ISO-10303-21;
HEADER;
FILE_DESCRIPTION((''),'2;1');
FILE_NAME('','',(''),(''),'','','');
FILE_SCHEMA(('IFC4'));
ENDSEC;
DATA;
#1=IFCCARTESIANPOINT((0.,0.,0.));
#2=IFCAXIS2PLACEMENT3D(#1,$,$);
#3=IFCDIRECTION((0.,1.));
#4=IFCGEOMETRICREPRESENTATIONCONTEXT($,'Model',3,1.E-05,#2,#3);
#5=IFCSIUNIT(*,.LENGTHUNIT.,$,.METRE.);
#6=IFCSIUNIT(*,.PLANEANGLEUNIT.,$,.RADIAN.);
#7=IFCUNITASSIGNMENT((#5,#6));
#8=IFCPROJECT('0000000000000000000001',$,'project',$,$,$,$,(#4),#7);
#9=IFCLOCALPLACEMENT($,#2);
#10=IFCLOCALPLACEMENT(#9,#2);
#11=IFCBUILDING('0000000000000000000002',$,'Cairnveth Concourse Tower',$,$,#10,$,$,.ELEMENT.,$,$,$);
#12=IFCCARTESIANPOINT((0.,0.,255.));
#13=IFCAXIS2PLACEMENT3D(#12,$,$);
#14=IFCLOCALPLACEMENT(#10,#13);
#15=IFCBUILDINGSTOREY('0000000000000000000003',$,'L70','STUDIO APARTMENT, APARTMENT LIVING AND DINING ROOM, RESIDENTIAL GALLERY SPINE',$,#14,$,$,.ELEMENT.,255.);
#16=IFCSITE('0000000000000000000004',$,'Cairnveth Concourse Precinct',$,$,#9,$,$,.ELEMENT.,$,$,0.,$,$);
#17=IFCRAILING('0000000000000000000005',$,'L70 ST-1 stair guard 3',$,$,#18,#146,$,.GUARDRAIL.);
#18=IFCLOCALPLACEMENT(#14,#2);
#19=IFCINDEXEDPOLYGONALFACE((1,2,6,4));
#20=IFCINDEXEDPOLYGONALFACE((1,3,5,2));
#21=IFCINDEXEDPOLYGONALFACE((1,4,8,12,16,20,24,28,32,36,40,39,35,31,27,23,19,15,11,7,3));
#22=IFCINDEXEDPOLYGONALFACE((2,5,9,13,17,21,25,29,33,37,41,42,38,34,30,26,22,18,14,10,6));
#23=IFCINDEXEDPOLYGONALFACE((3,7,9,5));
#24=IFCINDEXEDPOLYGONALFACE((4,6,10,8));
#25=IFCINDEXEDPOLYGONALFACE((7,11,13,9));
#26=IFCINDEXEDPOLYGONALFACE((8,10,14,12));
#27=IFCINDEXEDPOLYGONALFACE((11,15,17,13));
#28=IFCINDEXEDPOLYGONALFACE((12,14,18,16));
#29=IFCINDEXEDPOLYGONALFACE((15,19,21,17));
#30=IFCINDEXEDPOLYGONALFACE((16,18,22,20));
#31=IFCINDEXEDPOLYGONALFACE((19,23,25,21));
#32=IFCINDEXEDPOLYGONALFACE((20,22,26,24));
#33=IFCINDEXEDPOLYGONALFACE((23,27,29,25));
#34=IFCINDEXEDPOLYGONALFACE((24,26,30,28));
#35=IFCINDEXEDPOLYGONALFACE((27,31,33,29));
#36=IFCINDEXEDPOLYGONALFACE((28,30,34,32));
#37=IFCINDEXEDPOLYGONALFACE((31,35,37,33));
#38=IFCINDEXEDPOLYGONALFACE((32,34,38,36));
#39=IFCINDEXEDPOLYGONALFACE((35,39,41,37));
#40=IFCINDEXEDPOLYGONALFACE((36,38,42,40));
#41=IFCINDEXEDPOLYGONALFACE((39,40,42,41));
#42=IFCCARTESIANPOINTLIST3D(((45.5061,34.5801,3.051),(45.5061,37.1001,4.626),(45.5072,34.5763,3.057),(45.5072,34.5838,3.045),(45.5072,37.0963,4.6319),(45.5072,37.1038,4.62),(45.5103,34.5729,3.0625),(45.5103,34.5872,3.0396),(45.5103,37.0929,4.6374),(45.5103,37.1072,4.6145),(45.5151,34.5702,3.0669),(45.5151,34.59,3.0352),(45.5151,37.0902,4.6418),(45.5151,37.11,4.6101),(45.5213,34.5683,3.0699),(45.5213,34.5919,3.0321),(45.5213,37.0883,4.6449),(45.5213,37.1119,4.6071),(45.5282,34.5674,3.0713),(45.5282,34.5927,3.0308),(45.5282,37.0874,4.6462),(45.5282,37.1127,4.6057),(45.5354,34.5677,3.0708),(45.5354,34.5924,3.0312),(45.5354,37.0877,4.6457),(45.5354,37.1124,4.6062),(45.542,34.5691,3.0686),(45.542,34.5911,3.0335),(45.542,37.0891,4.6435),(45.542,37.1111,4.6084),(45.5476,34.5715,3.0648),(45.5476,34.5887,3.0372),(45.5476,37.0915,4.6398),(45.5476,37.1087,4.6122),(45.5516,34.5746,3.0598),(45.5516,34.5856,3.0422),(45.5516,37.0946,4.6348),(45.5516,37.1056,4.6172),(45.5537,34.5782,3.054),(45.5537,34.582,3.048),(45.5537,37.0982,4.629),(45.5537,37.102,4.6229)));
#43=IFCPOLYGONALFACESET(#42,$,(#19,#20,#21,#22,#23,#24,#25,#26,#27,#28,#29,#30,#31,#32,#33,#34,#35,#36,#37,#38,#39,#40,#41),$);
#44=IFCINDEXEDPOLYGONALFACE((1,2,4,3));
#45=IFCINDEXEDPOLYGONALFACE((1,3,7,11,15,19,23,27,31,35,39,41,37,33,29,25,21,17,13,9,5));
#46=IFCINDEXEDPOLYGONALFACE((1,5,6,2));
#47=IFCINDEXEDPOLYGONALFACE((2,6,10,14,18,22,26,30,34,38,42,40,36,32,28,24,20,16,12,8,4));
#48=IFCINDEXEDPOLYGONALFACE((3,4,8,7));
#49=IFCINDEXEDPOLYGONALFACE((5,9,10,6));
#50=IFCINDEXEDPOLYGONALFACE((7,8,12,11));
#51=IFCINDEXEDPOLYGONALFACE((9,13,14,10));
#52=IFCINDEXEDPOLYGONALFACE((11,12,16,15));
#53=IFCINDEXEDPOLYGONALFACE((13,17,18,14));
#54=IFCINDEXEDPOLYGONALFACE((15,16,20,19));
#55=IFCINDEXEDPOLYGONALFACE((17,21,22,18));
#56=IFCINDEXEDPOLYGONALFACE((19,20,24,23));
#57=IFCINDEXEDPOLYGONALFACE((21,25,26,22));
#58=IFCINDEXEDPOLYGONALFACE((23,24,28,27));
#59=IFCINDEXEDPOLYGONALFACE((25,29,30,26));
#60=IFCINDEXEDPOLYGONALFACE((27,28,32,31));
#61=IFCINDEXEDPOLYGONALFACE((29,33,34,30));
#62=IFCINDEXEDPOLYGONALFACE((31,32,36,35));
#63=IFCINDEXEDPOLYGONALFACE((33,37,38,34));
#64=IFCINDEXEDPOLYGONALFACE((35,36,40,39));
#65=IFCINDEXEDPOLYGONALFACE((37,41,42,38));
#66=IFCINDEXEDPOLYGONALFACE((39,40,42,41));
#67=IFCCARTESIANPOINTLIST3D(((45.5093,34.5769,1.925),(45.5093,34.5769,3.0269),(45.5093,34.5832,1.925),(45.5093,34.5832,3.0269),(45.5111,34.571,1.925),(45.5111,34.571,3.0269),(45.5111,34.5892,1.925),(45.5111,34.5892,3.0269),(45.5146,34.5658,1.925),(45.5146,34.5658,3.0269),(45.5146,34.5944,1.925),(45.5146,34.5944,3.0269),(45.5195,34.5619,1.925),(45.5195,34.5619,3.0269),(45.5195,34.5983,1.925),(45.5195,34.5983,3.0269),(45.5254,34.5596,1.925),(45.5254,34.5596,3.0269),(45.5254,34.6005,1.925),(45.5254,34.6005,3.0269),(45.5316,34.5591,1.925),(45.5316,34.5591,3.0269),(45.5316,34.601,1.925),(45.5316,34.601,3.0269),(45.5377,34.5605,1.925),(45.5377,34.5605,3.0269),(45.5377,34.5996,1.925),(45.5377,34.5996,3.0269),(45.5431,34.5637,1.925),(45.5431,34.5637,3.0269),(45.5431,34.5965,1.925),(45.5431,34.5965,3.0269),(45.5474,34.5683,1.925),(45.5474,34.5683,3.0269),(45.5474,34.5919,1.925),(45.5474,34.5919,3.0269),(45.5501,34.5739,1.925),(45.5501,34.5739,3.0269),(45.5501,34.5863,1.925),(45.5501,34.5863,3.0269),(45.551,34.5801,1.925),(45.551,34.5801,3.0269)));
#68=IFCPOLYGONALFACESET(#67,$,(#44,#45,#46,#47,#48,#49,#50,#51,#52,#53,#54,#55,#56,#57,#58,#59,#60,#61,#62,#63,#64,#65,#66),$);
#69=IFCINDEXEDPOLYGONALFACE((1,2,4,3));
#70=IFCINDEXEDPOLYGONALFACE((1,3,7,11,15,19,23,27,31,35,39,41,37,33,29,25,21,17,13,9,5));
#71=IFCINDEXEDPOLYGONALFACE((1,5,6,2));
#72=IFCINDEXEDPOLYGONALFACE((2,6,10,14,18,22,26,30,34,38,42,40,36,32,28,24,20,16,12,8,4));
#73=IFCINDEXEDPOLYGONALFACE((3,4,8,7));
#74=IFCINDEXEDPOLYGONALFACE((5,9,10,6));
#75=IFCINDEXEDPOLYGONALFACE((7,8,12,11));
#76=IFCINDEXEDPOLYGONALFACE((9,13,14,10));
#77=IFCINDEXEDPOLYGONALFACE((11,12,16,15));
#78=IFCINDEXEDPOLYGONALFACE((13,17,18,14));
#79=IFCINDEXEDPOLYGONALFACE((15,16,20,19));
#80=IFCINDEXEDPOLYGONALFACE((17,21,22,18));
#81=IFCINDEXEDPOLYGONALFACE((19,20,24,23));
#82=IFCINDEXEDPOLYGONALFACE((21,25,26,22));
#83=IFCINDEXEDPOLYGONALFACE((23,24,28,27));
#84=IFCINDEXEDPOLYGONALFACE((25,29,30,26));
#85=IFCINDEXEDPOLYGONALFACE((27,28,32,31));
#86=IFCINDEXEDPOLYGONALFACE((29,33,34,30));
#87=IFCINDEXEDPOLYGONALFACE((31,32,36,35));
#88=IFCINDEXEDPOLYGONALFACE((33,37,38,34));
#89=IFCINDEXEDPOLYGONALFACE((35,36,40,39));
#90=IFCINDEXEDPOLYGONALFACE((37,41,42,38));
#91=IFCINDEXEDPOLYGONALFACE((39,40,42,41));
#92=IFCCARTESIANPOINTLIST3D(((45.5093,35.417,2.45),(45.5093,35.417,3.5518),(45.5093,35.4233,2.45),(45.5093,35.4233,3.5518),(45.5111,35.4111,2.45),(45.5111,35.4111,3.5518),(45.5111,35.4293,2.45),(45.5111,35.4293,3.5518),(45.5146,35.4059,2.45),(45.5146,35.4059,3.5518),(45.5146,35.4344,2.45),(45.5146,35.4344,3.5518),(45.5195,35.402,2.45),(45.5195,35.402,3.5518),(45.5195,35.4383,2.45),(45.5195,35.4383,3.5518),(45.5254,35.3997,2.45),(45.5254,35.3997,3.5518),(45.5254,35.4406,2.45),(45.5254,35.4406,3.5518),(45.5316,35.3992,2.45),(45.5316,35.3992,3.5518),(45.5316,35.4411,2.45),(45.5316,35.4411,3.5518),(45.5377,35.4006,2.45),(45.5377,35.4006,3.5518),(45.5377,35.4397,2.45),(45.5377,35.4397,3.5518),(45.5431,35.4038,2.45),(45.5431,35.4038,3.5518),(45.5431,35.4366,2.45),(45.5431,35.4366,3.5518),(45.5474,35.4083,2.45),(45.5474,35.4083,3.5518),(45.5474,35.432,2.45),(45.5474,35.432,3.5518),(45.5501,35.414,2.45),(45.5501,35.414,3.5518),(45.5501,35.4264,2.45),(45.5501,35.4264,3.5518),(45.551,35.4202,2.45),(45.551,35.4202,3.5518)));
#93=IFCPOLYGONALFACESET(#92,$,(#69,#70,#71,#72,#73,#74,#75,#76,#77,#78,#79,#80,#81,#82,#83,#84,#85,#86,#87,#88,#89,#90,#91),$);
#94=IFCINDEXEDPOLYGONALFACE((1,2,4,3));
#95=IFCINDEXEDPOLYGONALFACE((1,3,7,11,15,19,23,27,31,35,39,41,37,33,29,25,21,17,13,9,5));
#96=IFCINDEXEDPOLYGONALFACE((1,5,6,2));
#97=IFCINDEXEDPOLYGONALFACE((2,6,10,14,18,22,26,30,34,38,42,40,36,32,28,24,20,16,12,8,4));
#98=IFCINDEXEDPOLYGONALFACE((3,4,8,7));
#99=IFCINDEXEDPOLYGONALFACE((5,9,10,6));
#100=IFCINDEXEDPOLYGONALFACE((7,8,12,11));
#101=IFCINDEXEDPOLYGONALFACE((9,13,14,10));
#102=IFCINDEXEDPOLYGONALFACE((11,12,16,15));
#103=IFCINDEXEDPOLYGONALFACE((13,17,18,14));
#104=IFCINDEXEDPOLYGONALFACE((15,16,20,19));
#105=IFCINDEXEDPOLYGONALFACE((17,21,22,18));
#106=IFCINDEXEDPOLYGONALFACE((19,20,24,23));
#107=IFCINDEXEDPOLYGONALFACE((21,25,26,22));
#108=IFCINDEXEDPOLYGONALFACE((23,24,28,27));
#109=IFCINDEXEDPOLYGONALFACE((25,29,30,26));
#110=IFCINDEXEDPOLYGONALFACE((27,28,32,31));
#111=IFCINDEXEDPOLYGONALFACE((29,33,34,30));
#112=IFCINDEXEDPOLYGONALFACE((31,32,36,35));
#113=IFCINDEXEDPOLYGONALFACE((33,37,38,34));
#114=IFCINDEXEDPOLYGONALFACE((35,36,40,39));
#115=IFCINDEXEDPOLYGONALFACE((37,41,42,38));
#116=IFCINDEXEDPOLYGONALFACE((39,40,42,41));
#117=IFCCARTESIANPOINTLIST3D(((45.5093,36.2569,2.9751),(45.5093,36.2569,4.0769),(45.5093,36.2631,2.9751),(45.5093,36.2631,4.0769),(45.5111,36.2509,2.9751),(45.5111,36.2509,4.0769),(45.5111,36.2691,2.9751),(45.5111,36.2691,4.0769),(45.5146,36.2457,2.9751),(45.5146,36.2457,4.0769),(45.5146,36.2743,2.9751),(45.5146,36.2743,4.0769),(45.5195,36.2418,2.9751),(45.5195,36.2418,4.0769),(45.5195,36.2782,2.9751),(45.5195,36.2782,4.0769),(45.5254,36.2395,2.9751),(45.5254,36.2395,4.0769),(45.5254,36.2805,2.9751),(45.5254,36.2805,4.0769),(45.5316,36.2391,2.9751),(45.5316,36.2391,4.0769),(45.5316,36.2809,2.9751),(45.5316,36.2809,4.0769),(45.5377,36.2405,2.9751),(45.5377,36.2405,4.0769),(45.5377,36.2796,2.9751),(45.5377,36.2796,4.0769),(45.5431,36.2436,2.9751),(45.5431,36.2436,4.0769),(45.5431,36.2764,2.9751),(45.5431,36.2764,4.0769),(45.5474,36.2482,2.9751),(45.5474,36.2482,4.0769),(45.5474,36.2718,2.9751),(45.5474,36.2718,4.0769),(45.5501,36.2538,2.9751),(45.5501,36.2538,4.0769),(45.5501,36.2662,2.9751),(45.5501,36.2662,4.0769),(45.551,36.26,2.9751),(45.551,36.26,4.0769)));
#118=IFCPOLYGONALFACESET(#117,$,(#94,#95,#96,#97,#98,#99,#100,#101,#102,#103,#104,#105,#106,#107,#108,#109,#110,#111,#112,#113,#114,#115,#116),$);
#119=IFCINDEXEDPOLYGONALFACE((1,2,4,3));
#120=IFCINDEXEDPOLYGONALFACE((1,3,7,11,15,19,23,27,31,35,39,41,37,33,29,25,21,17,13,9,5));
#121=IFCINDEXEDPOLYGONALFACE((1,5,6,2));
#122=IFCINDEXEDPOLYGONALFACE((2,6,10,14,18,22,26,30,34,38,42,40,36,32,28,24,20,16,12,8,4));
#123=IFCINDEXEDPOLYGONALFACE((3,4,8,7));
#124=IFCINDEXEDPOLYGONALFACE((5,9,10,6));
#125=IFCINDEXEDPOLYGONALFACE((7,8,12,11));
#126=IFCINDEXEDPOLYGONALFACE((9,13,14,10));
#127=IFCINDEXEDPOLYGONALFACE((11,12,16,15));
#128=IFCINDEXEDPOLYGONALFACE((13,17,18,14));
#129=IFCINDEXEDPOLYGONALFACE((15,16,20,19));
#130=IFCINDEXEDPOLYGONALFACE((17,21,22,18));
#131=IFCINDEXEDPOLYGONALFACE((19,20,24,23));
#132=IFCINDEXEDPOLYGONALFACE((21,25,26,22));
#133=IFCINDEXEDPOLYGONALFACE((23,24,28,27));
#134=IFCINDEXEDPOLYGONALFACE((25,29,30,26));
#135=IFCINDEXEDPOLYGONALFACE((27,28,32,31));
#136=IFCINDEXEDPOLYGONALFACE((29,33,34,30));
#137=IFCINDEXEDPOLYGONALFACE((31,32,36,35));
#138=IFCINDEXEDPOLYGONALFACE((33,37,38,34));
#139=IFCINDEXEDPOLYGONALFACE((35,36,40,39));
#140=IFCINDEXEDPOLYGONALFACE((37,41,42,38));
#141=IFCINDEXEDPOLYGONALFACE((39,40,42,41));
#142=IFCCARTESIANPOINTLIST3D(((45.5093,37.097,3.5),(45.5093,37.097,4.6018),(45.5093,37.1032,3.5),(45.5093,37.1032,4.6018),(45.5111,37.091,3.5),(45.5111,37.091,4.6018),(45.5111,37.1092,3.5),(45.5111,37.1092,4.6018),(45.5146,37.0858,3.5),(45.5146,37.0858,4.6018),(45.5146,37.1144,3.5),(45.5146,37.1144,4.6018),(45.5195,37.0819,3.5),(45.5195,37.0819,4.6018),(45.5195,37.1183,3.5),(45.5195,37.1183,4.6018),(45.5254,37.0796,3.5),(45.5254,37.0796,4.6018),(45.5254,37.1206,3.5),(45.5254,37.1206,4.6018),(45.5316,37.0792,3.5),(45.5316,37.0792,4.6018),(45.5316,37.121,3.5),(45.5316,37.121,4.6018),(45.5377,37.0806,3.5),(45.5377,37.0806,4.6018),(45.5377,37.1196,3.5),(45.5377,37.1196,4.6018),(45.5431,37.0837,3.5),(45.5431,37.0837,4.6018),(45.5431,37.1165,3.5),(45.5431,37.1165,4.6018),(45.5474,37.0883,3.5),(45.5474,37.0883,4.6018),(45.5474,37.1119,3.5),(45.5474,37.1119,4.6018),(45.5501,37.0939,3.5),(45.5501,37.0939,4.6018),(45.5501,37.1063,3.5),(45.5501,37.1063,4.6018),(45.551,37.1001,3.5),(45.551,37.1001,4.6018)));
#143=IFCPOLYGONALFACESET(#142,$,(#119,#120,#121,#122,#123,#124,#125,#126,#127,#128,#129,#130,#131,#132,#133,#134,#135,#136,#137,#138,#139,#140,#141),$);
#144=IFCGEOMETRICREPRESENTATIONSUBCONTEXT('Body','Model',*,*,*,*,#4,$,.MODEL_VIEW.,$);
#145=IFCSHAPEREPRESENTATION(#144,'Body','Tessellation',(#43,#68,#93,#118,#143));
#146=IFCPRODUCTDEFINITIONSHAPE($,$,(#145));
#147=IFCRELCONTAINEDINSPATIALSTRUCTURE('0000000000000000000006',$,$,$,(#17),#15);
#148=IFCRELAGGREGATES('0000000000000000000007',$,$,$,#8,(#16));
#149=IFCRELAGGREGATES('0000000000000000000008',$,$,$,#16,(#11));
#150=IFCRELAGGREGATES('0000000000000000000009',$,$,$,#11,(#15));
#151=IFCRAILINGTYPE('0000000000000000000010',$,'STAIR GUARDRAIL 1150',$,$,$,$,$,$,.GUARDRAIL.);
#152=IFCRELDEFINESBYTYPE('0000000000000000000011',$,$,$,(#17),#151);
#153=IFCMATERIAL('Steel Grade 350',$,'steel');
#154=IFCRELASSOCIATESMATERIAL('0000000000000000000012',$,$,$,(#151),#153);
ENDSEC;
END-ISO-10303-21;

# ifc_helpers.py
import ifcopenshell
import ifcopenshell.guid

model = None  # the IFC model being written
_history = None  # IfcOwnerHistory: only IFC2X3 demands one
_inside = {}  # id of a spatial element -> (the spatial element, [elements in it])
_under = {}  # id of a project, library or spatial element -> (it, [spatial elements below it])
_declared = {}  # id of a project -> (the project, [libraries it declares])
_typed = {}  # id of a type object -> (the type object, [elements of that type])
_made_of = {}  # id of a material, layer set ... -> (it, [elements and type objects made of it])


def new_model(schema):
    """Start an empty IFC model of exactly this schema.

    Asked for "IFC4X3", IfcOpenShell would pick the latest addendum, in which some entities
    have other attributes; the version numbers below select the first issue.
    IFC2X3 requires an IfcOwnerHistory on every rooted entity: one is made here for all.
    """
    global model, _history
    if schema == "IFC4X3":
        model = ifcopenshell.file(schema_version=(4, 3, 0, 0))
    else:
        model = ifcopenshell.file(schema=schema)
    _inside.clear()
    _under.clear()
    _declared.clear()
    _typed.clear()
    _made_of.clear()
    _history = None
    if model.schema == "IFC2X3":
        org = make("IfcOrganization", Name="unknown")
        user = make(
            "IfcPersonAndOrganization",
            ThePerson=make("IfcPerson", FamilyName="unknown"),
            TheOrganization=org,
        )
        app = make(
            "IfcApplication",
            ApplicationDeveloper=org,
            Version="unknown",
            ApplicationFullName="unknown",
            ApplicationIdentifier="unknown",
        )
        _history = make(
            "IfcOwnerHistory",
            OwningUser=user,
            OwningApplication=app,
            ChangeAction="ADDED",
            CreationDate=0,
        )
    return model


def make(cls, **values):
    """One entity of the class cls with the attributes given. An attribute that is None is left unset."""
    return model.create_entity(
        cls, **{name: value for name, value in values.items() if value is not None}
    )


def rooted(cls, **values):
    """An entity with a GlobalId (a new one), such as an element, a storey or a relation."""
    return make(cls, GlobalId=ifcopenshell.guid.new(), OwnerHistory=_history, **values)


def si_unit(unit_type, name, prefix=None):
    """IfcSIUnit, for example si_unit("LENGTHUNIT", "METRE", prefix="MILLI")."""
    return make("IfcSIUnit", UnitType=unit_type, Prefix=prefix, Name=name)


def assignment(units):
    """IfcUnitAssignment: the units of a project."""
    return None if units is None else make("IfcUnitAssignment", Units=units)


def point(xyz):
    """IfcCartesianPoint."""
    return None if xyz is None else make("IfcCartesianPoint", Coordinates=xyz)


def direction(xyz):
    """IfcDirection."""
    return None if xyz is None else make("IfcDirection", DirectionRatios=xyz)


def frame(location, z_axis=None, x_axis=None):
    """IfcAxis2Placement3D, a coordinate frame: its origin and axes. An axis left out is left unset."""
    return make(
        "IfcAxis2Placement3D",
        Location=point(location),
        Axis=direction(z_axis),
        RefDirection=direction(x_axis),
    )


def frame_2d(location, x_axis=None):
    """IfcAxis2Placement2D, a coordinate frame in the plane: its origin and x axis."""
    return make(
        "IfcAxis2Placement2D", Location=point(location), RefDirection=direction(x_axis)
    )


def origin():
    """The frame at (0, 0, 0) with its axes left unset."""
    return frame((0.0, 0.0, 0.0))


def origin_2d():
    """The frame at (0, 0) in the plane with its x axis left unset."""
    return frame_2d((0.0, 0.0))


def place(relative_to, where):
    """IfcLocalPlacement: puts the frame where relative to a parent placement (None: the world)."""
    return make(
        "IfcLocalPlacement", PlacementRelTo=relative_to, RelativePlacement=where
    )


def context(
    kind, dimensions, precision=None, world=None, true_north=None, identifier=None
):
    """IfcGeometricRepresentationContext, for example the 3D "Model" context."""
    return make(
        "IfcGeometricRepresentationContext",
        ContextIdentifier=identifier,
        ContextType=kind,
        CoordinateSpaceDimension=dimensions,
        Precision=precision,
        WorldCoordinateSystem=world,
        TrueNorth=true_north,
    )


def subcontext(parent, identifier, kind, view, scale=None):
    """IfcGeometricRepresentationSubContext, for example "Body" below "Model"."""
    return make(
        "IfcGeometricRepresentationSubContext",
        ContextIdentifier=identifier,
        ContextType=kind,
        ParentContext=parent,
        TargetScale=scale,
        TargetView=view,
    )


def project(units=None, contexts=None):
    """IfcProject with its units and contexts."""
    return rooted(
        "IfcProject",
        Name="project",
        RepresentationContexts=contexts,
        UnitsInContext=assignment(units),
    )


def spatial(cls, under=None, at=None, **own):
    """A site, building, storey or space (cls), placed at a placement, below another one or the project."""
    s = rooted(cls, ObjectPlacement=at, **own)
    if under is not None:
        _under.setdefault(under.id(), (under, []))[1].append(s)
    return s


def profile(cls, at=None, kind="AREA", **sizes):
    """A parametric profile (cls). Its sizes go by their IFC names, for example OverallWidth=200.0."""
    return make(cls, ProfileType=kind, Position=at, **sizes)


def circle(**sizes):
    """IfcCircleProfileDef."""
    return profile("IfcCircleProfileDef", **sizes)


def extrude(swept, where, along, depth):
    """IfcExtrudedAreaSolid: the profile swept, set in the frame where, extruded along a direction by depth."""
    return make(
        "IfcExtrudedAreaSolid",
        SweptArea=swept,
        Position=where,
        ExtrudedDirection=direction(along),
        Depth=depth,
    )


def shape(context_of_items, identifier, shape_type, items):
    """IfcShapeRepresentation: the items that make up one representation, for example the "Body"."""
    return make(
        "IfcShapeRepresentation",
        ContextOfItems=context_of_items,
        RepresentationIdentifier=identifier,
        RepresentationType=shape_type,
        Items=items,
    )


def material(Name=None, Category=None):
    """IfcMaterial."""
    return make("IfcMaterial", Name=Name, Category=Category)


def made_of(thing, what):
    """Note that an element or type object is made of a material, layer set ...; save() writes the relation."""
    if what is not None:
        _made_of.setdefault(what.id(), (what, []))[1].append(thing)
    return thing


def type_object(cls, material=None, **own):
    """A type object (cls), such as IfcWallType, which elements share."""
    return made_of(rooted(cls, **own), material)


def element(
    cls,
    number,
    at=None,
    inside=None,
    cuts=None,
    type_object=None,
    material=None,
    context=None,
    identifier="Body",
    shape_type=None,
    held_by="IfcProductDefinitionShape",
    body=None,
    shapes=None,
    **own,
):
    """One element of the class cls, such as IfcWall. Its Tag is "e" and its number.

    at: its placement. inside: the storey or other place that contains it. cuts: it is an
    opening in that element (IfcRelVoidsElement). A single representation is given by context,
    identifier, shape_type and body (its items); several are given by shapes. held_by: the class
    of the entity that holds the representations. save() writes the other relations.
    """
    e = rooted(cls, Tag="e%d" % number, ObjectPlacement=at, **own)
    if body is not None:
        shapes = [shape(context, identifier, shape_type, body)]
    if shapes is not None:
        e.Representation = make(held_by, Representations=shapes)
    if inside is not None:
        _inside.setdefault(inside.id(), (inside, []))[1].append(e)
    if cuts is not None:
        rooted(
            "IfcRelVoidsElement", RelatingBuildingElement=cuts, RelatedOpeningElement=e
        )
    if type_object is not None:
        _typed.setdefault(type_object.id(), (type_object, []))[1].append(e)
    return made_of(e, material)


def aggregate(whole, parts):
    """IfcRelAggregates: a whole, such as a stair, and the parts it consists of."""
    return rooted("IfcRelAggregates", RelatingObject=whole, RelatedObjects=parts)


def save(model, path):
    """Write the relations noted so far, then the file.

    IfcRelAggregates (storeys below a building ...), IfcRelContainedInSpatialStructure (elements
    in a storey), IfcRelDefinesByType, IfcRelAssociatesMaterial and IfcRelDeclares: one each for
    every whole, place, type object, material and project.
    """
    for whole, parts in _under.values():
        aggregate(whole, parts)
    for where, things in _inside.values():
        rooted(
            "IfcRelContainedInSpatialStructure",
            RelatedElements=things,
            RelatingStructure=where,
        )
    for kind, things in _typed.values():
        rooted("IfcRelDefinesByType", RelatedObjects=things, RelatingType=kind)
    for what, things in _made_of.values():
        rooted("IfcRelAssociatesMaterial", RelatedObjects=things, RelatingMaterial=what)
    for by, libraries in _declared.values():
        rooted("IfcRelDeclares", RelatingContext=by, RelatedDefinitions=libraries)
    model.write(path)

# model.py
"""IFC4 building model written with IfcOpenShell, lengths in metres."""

from ifc_helpers import new_model, si_unit, direction, frame, origin, origin_2d, place, context, subcontext, project, spatial, circle, extrude, material, type_object, element, save


model = new_model("IFC4")

# Units and contexts
model_context = context("Model", 3, precision=1e-05, world=origin(), true_north=direction((0.0, 1.0)))
body_context = subcontext(model_context, "Body", "Model", "MODEL_VIEW")
ifc_project = project(units=[si_unit("LENGTHUNIT", "METRE"), si_unit("PLANEANGLEUNIT", "RADIAN")], contexts=[model_context])

# Site, building, storey
site_placement = place(None, origin())
site = spatial("IfcSite", under=ifc_project, at=site_placement, Name="Cairnveth Concourse Precinct", CompositionType="ELEMENT", RefElevation=0.0)
building_placement = place(site_placement, origin())
building = spatial("IfcBuilding", under=site, at=building_placement, Name="Cairnveth Concourse Tower", CompositionType="ELEMENT")
storey_placement = place(building_placement, frame((0.0, 0.0, 255.0)))
storey = spatial("IfcBuildingStorey", under=building, at=storey_placement, Name="L70", Description="STUDIO APARTMENT, APARTMENT LIVING AND DINING ROOM, RESIDENTIAL GALLERY SPINE", CompositionType="ELEMENT", Elevation=255.0)

# Railing
ifc_material_1 = material(Name="Steel Grade 350", Category="steel")
railing_type = type_object("IfcRailingType", Name="STAIR GUARDRAIL 1150", PredefinedType="GUARDRAIL", material=ifc_material_1)
railing_1_placement = place(storey_placement, frame((45.53, 34.5801, 1.925)))
element("IfcRailing", 1, at=railing_1_placement, inside=storey, type_object=railing_type, Name="L70 ST-1 stair guard 3", PredefinedType="GUARDRAIL", context=body_context, shape_type="SweptSolid", body=[
    extrude(circle(Radius=0.0239, at=origin_2d()), frame((0.0, 0.0, 1.126), z_axis=(0.0, 0.848008, 0.529984), x_axis=(-1.0, 0.0, 0.0)), (0.0, 0.0, 1.0), 2.9717),
    extrude(circle(Radius=0.021, at=origin_2d()), origin(), (0.0, 0.0, 1.0), 1.1018),
    extrude(circle(Radius=0.021, at=origin_2d()), frame((0.0, 0.8401, 0.5249)), (0.0, 0.0, 1.0), 1.1018),
    extrude(circle(Radius=0.021, at=origin_2d()), frame((0.0, 1.6799, 1.05)), (0.0, 0.0, 1.0), 1.1018),
    extrude(circle(Radius=0.021, at=origin_2d()), frame((0.0, 2.52, 1.575)), (0.0, 0.0, 1.0), 1.1018),
])

save(model, "model.ifc")
